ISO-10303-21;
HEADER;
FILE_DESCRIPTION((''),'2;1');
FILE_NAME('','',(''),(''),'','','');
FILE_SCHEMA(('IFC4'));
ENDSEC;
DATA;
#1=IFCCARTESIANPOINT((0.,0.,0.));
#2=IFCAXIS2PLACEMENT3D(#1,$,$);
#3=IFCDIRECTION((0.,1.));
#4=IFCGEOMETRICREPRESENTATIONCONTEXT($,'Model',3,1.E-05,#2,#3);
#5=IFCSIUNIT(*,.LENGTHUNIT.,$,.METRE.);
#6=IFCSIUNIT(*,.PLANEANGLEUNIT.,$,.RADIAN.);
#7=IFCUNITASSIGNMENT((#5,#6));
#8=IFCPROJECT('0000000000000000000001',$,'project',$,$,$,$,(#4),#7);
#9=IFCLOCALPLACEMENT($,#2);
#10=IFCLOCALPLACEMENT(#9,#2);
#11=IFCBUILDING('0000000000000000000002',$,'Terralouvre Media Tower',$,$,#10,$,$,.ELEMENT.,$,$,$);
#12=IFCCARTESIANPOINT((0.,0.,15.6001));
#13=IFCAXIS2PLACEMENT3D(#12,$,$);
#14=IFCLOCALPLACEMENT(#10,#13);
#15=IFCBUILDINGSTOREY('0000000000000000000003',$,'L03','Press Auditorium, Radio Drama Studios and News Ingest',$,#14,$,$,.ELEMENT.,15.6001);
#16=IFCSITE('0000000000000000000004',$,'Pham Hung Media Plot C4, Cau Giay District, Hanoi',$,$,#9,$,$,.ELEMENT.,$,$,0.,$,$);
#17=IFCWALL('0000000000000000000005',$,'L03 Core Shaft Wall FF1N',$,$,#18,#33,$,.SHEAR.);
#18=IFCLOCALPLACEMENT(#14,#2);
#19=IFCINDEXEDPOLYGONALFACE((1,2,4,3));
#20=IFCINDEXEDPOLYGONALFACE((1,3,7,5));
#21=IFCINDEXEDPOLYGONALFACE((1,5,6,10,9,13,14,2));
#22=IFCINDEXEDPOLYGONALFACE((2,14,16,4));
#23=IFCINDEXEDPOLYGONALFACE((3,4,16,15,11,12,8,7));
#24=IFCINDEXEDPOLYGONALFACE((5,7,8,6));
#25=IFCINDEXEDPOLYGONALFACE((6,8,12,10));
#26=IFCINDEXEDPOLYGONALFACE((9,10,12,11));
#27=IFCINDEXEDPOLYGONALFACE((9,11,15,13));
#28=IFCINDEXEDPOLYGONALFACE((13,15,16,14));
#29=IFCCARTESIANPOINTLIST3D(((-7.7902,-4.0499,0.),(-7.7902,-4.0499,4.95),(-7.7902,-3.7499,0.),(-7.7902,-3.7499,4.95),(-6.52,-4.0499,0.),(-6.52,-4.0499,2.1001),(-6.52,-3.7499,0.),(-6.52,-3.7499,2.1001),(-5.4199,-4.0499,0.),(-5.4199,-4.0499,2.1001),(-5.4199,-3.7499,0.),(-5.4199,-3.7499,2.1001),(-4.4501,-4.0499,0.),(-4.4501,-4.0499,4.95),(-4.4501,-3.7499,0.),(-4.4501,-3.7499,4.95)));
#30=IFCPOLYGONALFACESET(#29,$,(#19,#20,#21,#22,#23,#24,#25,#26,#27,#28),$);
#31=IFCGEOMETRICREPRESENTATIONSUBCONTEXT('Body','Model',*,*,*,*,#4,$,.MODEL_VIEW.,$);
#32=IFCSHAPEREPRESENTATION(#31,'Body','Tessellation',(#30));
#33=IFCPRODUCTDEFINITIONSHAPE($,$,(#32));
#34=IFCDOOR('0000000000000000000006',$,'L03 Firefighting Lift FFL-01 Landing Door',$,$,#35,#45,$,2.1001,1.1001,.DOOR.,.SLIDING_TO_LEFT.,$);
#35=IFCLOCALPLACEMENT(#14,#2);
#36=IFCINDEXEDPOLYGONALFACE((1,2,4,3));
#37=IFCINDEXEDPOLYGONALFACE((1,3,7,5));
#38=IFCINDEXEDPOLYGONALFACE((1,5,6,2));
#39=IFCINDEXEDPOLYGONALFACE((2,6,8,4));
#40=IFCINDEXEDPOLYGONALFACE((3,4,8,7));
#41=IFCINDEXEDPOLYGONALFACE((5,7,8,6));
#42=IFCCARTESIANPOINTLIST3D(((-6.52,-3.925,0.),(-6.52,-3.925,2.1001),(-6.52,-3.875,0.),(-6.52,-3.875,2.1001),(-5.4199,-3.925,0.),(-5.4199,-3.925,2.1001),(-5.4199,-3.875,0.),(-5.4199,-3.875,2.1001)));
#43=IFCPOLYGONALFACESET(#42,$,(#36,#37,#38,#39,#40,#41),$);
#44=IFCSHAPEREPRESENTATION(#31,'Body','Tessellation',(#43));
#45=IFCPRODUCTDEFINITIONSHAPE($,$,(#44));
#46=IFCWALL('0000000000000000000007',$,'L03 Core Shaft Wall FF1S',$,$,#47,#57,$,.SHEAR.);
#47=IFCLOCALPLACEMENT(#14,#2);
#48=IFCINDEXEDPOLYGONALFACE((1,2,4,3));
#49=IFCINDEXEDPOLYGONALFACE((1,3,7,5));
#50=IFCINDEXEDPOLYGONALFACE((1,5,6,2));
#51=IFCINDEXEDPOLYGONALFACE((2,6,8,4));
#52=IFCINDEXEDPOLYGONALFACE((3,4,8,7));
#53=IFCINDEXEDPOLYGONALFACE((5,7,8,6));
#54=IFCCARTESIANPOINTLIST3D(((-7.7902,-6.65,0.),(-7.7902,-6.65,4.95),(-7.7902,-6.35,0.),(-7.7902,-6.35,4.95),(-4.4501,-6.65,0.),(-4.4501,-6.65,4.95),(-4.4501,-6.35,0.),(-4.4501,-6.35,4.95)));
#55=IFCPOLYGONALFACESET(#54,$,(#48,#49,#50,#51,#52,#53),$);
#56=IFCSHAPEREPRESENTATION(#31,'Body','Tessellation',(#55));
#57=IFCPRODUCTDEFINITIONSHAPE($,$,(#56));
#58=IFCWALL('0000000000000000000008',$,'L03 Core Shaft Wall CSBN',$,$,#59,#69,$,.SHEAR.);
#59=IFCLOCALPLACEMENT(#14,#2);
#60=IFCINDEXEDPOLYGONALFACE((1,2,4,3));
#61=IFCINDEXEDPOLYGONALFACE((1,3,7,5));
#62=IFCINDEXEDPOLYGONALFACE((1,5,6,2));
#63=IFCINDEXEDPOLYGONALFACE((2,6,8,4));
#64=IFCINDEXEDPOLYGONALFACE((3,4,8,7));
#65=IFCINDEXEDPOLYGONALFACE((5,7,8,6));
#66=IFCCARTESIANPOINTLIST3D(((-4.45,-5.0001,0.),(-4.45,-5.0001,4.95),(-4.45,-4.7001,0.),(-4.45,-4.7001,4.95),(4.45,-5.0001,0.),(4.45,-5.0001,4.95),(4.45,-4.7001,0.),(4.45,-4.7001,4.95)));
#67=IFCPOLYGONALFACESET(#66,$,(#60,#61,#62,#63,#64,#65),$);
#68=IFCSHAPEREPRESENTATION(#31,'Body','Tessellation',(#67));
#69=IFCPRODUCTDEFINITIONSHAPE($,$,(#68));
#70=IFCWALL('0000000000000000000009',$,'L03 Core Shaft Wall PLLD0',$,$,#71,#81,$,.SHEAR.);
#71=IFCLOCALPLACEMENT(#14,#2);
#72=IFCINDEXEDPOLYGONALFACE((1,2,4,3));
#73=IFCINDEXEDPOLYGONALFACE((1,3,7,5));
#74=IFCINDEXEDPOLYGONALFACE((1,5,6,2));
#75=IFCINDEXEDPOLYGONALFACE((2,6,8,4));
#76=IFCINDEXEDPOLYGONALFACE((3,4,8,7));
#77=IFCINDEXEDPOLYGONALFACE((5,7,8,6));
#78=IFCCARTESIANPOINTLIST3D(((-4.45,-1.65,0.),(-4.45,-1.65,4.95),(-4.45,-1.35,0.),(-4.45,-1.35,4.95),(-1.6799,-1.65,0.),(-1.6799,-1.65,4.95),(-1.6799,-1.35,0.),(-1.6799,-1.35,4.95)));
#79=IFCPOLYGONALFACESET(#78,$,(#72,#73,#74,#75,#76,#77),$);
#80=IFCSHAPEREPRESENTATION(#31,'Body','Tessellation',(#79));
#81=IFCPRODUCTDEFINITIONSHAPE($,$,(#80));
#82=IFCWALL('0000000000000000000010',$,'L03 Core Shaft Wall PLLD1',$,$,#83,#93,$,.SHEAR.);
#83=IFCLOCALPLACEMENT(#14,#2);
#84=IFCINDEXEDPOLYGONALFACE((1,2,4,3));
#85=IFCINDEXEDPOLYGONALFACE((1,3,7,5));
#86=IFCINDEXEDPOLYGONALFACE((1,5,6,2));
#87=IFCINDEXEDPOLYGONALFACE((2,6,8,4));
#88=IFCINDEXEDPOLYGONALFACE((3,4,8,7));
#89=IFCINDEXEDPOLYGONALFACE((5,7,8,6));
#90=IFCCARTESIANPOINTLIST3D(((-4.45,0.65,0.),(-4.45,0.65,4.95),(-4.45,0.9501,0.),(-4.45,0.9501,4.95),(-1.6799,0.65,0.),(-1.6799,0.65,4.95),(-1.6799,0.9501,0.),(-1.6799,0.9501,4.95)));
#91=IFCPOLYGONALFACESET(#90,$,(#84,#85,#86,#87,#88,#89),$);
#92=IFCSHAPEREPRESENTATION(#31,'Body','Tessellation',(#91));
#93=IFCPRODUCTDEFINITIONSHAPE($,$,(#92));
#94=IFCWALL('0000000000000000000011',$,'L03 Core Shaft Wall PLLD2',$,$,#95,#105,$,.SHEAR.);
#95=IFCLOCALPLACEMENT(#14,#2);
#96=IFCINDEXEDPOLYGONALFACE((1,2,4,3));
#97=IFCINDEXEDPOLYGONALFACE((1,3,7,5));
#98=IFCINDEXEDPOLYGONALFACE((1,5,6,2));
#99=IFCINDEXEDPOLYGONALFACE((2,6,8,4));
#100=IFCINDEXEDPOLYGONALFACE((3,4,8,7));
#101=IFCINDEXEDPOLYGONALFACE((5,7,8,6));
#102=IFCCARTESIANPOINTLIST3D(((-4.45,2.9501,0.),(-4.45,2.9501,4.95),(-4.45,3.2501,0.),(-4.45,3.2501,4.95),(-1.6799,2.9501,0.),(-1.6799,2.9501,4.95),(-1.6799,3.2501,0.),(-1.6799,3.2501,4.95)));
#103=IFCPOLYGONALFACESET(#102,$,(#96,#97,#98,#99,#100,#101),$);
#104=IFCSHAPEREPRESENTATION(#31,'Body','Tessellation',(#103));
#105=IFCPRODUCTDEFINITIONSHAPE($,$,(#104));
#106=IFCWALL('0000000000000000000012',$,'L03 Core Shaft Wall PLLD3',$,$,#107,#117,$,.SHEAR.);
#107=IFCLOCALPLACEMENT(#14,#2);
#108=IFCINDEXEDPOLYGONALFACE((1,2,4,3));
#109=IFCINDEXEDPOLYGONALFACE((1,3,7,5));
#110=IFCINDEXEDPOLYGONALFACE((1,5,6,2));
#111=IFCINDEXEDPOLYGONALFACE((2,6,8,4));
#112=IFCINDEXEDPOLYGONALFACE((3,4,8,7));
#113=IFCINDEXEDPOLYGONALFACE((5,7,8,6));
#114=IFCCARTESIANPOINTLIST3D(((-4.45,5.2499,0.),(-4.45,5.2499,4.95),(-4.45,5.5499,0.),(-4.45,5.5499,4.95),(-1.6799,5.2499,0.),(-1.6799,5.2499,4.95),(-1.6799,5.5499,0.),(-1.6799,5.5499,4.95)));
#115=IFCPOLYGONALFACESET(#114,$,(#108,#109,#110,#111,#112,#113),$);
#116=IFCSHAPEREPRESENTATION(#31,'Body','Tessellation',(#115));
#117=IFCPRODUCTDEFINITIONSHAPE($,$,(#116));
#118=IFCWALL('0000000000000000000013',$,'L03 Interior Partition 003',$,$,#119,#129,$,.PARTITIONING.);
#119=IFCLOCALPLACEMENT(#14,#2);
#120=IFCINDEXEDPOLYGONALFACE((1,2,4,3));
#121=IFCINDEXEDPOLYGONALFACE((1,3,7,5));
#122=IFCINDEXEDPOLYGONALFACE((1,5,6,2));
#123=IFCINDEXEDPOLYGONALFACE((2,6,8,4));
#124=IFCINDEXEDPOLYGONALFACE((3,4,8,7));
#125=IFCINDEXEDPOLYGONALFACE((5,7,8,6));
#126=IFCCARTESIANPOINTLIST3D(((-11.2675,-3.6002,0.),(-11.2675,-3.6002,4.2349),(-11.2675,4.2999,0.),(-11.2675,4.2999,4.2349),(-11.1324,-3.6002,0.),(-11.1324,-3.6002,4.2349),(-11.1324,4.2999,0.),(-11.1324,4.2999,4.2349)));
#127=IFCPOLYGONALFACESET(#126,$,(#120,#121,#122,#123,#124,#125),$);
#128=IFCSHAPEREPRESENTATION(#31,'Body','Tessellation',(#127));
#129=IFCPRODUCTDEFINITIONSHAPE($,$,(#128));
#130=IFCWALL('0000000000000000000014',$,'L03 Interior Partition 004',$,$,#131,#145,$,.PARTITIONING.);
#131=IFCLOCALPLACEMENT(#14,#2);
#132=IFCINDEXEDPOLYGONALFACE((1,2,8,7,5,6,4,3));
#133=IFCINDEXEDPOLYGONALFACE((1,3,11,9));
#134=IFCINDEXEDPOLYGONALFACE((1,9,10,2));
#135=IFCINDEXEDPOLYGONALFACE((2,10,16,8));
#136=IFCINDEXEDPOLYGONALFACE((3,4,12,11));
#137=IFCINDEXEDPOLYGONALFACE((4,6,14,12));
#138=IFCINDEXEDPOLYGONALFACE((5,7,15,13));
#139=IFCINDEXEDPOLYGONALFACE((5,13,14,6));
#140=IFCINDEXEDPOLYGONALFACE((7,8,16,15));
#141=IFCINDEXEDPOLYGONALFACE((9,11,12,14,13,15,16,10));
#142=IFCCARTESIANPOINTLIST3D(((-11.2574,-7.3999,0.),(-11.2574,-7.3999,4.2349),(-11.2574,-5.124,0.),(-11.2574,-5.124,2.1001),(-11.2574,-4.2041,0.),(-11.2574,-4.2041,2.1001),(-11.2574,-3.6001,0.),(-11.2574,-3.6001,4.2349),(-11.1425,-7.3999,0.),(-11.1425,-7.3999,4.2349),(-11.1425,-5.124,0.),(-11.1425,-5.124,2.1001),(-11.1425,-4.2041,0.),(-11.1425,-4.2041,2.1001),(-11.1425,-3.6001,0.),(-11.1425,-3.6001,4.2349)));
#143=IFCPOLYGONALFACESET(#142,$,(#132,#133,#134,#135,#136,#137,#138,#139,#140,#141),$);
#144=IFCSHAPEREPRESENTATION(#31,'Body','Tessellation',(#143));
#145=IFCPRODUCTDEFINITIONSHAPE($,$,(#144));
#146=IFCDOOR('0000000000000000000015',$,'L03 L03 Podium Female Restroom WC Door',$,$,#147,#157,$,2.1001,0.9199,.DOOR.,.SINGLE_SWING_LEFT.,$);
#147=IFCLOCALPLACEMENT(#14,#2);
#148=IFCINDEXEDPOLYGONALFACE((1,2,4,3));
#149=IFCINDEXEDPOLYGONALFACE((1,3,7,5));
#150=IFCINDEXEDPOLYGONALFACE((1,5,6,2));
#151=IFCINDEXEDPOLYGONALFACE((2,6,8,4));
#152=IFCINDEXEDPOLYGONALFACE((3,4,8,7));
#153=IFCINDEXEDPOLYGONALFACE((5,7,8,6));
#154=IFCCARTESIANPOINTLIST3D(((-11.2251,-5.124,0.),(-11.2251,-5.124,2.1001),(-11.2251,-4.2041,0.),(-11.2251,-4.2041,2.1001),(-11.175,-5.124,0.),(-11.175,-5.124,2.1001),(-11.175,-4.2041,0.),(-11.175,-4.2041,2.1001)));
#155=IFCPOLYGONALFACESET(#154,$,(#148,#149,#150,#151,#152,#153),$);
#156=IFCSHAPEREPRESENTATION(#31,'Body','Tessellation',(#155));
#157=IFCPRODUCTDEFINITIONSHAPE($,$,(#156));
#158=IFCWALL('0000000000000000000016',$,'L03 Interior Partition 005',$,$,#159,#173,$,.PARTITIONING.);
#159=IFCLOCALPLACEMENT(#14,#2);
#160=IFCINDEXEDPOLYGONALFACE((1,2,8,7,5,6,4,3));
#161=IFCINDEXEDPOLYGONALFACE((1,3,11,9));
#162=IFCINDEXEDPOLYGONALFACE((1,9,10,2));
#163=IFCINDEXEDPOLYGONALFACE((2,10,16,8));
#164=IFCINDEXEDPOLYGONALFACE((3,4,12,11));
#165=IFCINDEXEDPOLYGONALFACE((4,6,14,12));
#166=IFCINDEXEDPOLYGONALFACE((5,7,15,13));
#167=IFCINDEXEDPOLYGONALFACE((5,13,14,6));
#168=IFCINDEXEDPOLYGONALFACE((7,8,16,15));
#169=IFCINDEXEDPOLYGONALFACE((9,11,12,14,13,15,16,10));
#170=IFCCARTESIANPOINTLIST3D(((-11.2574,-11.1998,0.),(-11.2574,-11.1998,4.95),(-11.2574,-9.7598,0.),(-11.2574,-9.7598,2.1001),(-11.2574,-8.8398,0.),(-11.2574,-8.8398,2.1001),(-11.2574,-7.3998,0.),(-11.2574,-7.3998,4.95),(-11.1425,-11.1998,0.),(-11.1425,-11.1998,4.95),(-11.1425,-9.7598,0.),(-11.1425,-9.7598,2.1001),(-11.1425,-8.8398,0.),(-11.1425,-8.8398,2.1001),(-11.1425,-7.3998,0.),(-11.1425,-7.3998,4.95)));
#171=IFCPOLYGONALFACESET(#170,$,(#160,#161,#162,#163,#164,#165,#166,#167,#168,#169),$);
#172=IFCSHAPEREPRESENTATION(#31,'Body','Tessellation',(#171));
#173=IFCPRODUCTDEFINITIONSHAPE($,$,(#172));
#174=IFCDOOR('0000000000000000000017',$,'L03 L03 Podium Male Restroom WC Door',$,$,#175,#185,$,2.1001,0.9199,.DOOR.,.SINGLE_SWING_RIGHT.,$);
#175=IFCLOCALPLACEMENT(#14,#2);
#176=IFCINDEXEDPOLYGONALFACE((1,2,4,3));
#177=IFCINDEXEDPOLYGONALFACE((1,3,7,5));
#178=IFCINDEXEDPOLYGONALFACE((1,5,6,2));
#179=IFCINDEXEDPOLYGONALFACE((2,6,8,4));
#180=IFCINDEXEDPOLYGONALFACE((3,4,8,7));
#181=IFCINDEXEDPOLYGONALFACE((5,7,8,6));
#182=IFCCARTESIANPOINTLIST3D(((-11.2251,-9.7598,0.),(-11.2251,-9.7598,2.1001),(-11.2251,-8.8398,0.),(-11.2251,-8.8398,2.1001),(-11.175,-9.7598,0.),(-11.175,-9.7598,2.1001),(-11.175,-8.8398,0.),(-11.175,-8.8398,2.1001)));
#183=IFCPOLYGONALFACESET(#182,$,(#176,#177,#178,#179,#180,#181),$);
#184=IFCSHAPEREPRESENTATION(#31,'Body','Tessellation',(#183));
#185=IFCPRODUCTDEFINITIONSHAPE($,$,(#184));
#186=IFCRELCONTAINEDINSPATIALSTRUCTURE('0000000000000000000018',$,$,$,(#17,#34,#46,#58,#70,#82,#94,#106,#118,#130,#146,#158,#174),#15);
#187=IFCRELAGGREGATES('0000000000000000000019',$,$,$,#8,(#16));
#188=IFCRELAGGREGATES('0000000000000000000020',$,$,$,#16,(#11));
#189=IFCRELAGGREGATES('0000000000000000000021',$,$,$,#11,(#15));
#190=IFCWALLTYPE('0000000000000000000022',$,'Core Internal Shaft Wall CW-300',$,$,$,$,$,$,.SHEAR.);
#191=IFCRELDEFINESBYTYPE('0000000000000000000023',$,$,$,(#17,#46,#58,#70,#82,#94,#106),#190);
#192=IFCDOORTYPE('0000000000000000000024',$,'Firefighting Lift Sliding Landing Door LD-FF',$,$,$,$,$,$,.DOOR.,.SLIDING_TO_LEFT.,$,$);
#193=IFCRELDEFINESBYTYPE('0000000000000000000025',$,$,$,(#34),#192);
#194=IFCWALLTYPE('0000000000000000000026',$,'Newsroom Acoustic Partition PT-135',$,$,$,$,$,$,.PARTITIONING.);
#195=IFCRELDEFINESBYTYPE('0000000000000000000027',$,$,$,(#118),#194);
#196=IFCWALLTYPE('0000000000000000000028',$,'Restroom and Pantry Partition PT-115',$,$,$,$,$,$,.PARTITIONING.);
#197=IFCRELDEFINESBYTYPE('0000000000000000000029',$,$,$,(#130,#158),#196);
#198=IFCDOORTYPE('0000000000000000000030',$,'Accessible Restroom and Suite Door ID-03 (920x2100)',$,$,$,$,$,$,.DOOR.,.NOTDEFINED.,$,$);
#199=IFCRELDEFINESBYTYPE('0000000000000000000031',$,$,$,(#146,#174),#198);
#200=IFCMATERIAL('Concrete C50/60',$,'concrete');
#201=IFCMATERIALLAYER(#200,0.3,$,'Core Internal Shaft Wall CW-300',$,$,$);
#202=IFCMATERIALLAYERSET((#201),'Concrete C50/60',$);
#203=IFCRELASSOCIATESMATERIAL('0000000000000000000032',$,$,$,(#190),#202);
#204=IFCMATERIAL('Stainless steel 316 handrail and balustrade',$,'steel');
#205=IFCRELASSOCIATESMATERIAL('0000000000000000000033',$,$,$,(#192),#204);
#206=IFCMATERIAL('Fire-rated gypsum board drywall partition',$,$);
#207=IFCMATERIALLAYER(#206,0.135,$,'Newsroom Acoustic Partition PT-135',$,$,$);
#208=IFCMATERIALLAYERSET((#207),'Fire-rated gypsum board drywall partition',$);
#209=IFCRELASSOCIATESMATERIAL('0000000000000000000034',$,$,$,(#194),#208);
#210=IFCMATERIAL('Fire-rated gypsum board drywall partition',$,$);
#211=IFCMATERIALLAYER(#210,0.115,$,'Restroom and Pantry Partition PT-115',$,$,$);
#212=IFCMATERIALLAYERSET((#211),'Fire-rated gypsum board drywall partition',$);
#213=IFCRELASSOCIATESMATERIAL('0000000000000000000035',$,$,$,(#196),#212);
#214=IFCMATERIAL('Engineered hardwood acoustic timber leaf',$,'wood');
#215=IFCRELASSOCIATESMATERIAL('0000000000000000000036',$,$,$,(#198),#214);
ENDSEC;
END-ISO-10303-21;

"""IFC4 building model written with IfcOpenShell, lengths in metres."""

from ifc_helpers import new_model, si_unit, direction, frame, frame_2d, origin, place, context, subcontext, project, spatial, rectangle, extrude, material, layer, layer_set, type_object, element, fill, save


model = new_model("IFC4")

# Units and contexts
model_context = context("Model", 3, precision=1e-05, world=origin(), true_north=direction((0.0, 1.0)))
body_context = subcontext(model_context, "Body", "Model", "MODEL_VIEW")
ifc_project = project(units=[si_unit("LENGTHUNIT", "METRE"), si_unit("PLANEANGLEUNIT", "RADIAN")], contexts=[model_context])

# Site, building, storey
site_placement = place(None, origin())
site = spatial("IfcSite", under=ifc_project, at=site_placement, Name="Pham Hung Media Plot C4, Cau Giay District, Hanoi", CompositionType="ELEMENT", RefElevation=0.0)
building_placement = place(site_placement, origin())
building = spatial("IfcBuilding", under=site, at=building_placement, Name="Terralouvre Media Tower", CompositionType="ELEMENT")
storey_placement = place(building_placement, frame((0.0, 0.0, 15.6001)))
storey = spatial("IfcBuildingStorey", under=building, at=storey_placement, Name="L03", Description="Press Auditorium, Radio Drama Studios and News Ingest", CompositionType="ELEMENT", Elevation=15.6001)

# Shared definitions
ifc_material_1 = material(Name="Concrete C50/60", Category="concrete")
ifc_layer_1 = layer(ifc_material_1, 0.3, Name="Core Internal Shaft Wall CW-300")
ifc_layer_set_1 = layer_set([ifc_layer_1], Name="Concrete C50/60")
wall_type_1 = type_object("IfcWallType", Name="Core Internal Shaft Wall CW-300", PredefinedType="SHEAR", material=ifc_layer_set_1)

# Wall, opening, door
wall_1_placement = place(storey_placement, frame((-7.79, -3.8999, 0.0), z_axis=(0.0, 0.0, 1.0), x_axis=(1.0, 0.0, 0.0)))
wall_1 = element("IfcWall", 1, at=wall_1_placement, inside=storey, type_object=wall_type_1, Name="L03 Core Shaft Wall FF1N", PredefinedType="SHEAR", context=body_context, shape_type="SweptSolid", body=[
    extrude(rectangle(XDim=3.3401, YDim=0.3, at=frame_2d((1.6699, 0.0))), origin(), (0.0, 0.0, 1.0), 4.95),
])
opening_1_placement = place(wall_1_placement, frame((1.27, 0.0, 0.0)))
opening_1 = element("IfcOpeningElement", 2, at=opening_1_placement, cuts=wall_1, PredefinedType="OPENING", context=body_context, shape_type="SweptSolid", body=[
    extrude(rectangle(XDim=1.1001, YDim=2.1001, at=frame_2d((0.55, 1.05))), frame((0.0, 0.1599, 0.0), z_axis=(0.0, -1.0, 0.0), x_axis=(1.0, 0.0, 0.0)), (0.0, 0.0, 1.0), 0.3201),
])
ifc_material_2 = material(Name="Stainless steel 316 handrail and balustrade", Category="steel")
door_type_1 = type_object("IfcDoorType", Name="Firefighting Lift Sliding Landing Door LD-FF", OperationType="SLIDING_TO_LEFT", PredefinedType="DOOR", material=ifc_material_2)
door_1_placement = place(opening_1_placement, origin())
door_1 = element("IfcDoor", 3, at=door_1_placement, inside=storey, type_object=door_type_1, Name="L03 Firefighting Lift FFL-01 Landing Door", OperationType="SLIDING_TO_LEFT", OverallHeight=2.1001, OverallWidth=1.1001, PredefinedType="DOOR", context=body_context, shape_type="SweptSolid", body=[
    extrude(rectangle(XDim=1.1001, YDim=2.1001, at=frame_2d((0.55, 1.05))), frame((0.0, 0.0249, 0.0), z_axis=(0.0, -1.0, 0.0), x_axis=(1.0, 0.0, 0.0)), (0.0, 0.0, 1.0), 0.05),
])
fill(opening_1, door_1)

# Walls
wall_2_placement = place(storey_placement, frame((-7.79, -6.5, 0.0), z_axis=(0.0, 0.0, 1.0), x_axis=(1.0, 0.0, 0.0)))
element("IfcWall", 4, at=wall_2_placement, inside=storey, type_object=wall_type_1, Name="L03 Core Shaft Wall FF1S", PredefinedType="SHEAR", context=body_context, shape_type="SweptSolid", body=[
    extrude(rectangle(XDim=3.3401, YDim=0.3, at=frame_2d((1.6699, 0.0))), origin(), (0.0, 0.0, 1.0), 4.95),
])
wall_3_placement = place(storey_placement, frame((-4.45, -4.8501, 0.0), z_axis=(0.0, 0.0, 1.0), x_axis=(1.0, 0.0, 0.0)))
element("IfcWall", 5, at=wall_3_placement, inside=storey, type_object=wall_type_1, Name="L03 Core Shaft Wall CSBN", PredefinedType="SHEAR", context=body_context, shape_type="SweptSolid", body=[
    extrude(rectangle(XDim=8.8999, YDim=0.3, at=frame_2d((4.45, 0.0))), origin(), (0.0, 0.0, 1.0), 4.95),
])
for number, where, z_axis, x_axis, name in (
    (6, (-4.45, -1.5, 0.0), (0.0, 0.0, 1.0), (1.0, 0.0, 0.0), "L03 Core Shaft Wall PLLD0"),
    (7, (-4.45, 0.8, 0.0), (0.0, 0.0, 1.0), (1.0, 0.0, 0.0), "L03 Core Shaft Wall PLLD1"),
    (8, (-4.45, 3.1001, 0.0), (0.0, 0.0, 1.0), (1.0, 0.0, 0.0), "L03 Core Shaft Wall PLLD2"),
    (9, (-4.45, 5.3999, 0.0), (0.0, 0.0, 1.0), (1.0, 0.0, 0.0), "L03 Core Shaft Wall PLLD3"),
):
    element("IfcWall", number, at=place(storey_placement, frame(where, z_axis=z_axis, x_axis=x_axis)), inside=storey, type_object=wall_type_1, Name=name, PredefinedType="SHEAR", context=body_context, shape_type="SweptSolid", body=[
        extrude(rectangle(XDim=2.77, YDim=0.3, at=frame_2d((1.385, 0.0))), origin(), (0.0, 0.0, 1.0), 4.95),
    ])
ifc_material_3 = material(Name="Fire-rated gypsum board drywall partition")
ifc_layer_2 = layer(ifc_material_3, 0.135, Name="Newsroom Acoustic Partition PT-135")
ifc_layer_set_2 = layer_set([ifc_layer_2], Name="Fire-rated gypsum board drywall partition")
wall_type_2 = type_object("IfcWallType", Name="Newsroom Acoustic Partition PT-135", PredefinedType="PARTITIONING", material=ifc_layer_set_2)
wall_4_placement = place(storey_placement, frame((-11.2, 4.3, 0.0), z_axis=(0.0, 0.0, 1.0), x_axis=(0.0, -1.0, 0.0)))
element("IfcWall", 10, at=wall_4_placement, inside=storey, type_object=wall_type_2, Name="L03 Interior Partition 003", PredefinedType="PARTITIONING", context=body_context, shape_type="SweptSolid", body=[
    extrude(rectangle(XDim=7.9001, YDim=0.135, at=frame_2d((3.9502, 0.0))), origin(), (0.0, 0.0, 1.0), 4.2349),
])

# Walls, openings, doors
ifc_material_4 = material(Name="Fire-rated gypsum board drywall partition")
ifc_layer_3 = layer(ifc_material_4, 0.115, Name="Restroom and Pantry Partition PT-115")
ifc_layer_set_3 = layer_set([ifc_layer_3], Name="Fire-rated gypsum board drywall partition")
wall_type_3 = type_object("IfcWallType", Name="Restroom and Pantry Partition PT-115", PredefinedType="PARTITIONING", material=ifc_layer_set_3)
wall_5_placement = place(storey_placement, frame((-11.2, -3.6001, 0.0), z_axis=(0.0, 0.0, 1.0), x_axis=(0.0, -1.0, 0.0)))
wall_5 = element("IfcWall", 11, at=wall_5_placement, inside=storey, type_object=wall_type_3, Name="L03 Interior Partition 004", PredefinedType="PARTITIONING", context=body_context, shape_type="SweptSolid", body=[
    extrude(rectangle(XDim=3.7998, YDim=0.115, at=frame_2d((1.8999, 0.0))), origin(), (0.0, 0.0, 1.0), 4.2349),
])
opening_2_placement = place(wall_5_placement, frame((0.604, 0.0, 0.0)))
opening_2 = element("IfcOpeningElement", 12, at=opening_2_placement, cuts=wall_5, PredefinedType="OPENING", context=body_context, shape_type="SweptSolid", body=[
    extrude(rectangle(XDim=0.9199, YDim=2.1001, at=frame_2d((0.46, 1.05))), frame((0.0, 0.0674, 0.0), z_axis=(0.0, -1.0, 0.0), x_axis=(1.0, 0.0, 0.0)), (0.0, 0.0, 1.0), 0.135),
])
ifc_material_5 = material(Name="Engineered hardwood acoustic timber leaf", Category="wood")
door_type_2 = type_object("IfcDoorType", Name="Accessible Restroom and Suite Door ID-03 (920x2100)", OperationType="NOTDEFINED", PredefinedType="DOOR", material=ifc_material_5)
door_2_placement = place(opening_2_placement, origin())
door_2 = element("IfcDoor", 13, at=door_2_placement, inside=storey, type_object=door_type_2, Name="L03 L03 Podium Female Restroom WC Door", OperationType="SINGLE_SWING_LEFT", OverallHeight=2.1001, OverallWidth=0.9199, PredefinedType="DOOR", context=body_context, shape_type="SweptSolid", body=[
    extrude(rectangle(XDim=0.9199, YDim=2.1001, at=frame_2d((0.46, 1.05))), frame((0.0, 0.0249, 0.0), z_axis=(0.0, -1.0, 0.0), x_axis=(1.0, 0.0, 0.0)), (0.0, 0.0, 1.0), 0.05),
])
fill(opening_2, door_2)
wall_6_placement = place(storey_placement, frame((-11.2, -7.3999, 0.0), z_axis=(0.0, 0.0, 1.0), x_axis=(0.0, -1.0, 0.0)))
wall_6 = element("IfcWall", 14, at=wall_6_placement, inside=storey, type_object=wall_type_3, Name="L03 Interior Partition 005", PredefinedType="PARTITIONING", context=body_context, shape_type="SweptSolid", body=[
    extrude(rectangle(XDim=3.8, YDim=0.115, at=frame_2d((1.8999, 0.0))), origin(), (0.0, 0.0, 1.0), 4.95),
])
opening_3_placement = place(wall_6_placement, frame((1.4399, 0.0, 0.0)))
opening_3 = element("IfcOpeningElement", 15, at=opening_3_placement, cuts=wall_6, PredefinedType="OPENING", context=body_context, shape_type="SweptSolid", body=[
    extrude(rectangle(XDim=0.9199, YDim=2.1001, at=frame_2d((0.46, 1.05))), frame((0.0, 0.0674, 0.0), z_axis=(0.0, -1.0, 0.0), x_axis=(1.0, 0.0, 0.0)), (0.0, 0.0, 1.0), 0.135),
])
door_3_placement = place(opening_3_placement, origin())
door_3 = element("IfcDoor", 16, at=door_3_placement, inside=storey, type_object=door_type_2, Name="L03 L03 Podium Male Restroom WC Door", OperationType="SINGLE_SWING_RIGHT", OverallHeight=2.1001, OverallWidth=0.9199, PredefinedType="DOOR", context=body_context, shape_type="SweptSolid", body=[
    extrude(rectangle(XDim=0.9199, YDim=2.1001, at=frame_2d((0.46, 1.05))), frame((0.0, 0.0249, 0.0), z_axis=(0.0, -1.0, 0.0), x_axis=(1.0, 0.0, 0.0)), (0.0, 0.0, 1.0), 0.05),
])
fill(opening_3, door_3)

save(model, "model.ifc")
